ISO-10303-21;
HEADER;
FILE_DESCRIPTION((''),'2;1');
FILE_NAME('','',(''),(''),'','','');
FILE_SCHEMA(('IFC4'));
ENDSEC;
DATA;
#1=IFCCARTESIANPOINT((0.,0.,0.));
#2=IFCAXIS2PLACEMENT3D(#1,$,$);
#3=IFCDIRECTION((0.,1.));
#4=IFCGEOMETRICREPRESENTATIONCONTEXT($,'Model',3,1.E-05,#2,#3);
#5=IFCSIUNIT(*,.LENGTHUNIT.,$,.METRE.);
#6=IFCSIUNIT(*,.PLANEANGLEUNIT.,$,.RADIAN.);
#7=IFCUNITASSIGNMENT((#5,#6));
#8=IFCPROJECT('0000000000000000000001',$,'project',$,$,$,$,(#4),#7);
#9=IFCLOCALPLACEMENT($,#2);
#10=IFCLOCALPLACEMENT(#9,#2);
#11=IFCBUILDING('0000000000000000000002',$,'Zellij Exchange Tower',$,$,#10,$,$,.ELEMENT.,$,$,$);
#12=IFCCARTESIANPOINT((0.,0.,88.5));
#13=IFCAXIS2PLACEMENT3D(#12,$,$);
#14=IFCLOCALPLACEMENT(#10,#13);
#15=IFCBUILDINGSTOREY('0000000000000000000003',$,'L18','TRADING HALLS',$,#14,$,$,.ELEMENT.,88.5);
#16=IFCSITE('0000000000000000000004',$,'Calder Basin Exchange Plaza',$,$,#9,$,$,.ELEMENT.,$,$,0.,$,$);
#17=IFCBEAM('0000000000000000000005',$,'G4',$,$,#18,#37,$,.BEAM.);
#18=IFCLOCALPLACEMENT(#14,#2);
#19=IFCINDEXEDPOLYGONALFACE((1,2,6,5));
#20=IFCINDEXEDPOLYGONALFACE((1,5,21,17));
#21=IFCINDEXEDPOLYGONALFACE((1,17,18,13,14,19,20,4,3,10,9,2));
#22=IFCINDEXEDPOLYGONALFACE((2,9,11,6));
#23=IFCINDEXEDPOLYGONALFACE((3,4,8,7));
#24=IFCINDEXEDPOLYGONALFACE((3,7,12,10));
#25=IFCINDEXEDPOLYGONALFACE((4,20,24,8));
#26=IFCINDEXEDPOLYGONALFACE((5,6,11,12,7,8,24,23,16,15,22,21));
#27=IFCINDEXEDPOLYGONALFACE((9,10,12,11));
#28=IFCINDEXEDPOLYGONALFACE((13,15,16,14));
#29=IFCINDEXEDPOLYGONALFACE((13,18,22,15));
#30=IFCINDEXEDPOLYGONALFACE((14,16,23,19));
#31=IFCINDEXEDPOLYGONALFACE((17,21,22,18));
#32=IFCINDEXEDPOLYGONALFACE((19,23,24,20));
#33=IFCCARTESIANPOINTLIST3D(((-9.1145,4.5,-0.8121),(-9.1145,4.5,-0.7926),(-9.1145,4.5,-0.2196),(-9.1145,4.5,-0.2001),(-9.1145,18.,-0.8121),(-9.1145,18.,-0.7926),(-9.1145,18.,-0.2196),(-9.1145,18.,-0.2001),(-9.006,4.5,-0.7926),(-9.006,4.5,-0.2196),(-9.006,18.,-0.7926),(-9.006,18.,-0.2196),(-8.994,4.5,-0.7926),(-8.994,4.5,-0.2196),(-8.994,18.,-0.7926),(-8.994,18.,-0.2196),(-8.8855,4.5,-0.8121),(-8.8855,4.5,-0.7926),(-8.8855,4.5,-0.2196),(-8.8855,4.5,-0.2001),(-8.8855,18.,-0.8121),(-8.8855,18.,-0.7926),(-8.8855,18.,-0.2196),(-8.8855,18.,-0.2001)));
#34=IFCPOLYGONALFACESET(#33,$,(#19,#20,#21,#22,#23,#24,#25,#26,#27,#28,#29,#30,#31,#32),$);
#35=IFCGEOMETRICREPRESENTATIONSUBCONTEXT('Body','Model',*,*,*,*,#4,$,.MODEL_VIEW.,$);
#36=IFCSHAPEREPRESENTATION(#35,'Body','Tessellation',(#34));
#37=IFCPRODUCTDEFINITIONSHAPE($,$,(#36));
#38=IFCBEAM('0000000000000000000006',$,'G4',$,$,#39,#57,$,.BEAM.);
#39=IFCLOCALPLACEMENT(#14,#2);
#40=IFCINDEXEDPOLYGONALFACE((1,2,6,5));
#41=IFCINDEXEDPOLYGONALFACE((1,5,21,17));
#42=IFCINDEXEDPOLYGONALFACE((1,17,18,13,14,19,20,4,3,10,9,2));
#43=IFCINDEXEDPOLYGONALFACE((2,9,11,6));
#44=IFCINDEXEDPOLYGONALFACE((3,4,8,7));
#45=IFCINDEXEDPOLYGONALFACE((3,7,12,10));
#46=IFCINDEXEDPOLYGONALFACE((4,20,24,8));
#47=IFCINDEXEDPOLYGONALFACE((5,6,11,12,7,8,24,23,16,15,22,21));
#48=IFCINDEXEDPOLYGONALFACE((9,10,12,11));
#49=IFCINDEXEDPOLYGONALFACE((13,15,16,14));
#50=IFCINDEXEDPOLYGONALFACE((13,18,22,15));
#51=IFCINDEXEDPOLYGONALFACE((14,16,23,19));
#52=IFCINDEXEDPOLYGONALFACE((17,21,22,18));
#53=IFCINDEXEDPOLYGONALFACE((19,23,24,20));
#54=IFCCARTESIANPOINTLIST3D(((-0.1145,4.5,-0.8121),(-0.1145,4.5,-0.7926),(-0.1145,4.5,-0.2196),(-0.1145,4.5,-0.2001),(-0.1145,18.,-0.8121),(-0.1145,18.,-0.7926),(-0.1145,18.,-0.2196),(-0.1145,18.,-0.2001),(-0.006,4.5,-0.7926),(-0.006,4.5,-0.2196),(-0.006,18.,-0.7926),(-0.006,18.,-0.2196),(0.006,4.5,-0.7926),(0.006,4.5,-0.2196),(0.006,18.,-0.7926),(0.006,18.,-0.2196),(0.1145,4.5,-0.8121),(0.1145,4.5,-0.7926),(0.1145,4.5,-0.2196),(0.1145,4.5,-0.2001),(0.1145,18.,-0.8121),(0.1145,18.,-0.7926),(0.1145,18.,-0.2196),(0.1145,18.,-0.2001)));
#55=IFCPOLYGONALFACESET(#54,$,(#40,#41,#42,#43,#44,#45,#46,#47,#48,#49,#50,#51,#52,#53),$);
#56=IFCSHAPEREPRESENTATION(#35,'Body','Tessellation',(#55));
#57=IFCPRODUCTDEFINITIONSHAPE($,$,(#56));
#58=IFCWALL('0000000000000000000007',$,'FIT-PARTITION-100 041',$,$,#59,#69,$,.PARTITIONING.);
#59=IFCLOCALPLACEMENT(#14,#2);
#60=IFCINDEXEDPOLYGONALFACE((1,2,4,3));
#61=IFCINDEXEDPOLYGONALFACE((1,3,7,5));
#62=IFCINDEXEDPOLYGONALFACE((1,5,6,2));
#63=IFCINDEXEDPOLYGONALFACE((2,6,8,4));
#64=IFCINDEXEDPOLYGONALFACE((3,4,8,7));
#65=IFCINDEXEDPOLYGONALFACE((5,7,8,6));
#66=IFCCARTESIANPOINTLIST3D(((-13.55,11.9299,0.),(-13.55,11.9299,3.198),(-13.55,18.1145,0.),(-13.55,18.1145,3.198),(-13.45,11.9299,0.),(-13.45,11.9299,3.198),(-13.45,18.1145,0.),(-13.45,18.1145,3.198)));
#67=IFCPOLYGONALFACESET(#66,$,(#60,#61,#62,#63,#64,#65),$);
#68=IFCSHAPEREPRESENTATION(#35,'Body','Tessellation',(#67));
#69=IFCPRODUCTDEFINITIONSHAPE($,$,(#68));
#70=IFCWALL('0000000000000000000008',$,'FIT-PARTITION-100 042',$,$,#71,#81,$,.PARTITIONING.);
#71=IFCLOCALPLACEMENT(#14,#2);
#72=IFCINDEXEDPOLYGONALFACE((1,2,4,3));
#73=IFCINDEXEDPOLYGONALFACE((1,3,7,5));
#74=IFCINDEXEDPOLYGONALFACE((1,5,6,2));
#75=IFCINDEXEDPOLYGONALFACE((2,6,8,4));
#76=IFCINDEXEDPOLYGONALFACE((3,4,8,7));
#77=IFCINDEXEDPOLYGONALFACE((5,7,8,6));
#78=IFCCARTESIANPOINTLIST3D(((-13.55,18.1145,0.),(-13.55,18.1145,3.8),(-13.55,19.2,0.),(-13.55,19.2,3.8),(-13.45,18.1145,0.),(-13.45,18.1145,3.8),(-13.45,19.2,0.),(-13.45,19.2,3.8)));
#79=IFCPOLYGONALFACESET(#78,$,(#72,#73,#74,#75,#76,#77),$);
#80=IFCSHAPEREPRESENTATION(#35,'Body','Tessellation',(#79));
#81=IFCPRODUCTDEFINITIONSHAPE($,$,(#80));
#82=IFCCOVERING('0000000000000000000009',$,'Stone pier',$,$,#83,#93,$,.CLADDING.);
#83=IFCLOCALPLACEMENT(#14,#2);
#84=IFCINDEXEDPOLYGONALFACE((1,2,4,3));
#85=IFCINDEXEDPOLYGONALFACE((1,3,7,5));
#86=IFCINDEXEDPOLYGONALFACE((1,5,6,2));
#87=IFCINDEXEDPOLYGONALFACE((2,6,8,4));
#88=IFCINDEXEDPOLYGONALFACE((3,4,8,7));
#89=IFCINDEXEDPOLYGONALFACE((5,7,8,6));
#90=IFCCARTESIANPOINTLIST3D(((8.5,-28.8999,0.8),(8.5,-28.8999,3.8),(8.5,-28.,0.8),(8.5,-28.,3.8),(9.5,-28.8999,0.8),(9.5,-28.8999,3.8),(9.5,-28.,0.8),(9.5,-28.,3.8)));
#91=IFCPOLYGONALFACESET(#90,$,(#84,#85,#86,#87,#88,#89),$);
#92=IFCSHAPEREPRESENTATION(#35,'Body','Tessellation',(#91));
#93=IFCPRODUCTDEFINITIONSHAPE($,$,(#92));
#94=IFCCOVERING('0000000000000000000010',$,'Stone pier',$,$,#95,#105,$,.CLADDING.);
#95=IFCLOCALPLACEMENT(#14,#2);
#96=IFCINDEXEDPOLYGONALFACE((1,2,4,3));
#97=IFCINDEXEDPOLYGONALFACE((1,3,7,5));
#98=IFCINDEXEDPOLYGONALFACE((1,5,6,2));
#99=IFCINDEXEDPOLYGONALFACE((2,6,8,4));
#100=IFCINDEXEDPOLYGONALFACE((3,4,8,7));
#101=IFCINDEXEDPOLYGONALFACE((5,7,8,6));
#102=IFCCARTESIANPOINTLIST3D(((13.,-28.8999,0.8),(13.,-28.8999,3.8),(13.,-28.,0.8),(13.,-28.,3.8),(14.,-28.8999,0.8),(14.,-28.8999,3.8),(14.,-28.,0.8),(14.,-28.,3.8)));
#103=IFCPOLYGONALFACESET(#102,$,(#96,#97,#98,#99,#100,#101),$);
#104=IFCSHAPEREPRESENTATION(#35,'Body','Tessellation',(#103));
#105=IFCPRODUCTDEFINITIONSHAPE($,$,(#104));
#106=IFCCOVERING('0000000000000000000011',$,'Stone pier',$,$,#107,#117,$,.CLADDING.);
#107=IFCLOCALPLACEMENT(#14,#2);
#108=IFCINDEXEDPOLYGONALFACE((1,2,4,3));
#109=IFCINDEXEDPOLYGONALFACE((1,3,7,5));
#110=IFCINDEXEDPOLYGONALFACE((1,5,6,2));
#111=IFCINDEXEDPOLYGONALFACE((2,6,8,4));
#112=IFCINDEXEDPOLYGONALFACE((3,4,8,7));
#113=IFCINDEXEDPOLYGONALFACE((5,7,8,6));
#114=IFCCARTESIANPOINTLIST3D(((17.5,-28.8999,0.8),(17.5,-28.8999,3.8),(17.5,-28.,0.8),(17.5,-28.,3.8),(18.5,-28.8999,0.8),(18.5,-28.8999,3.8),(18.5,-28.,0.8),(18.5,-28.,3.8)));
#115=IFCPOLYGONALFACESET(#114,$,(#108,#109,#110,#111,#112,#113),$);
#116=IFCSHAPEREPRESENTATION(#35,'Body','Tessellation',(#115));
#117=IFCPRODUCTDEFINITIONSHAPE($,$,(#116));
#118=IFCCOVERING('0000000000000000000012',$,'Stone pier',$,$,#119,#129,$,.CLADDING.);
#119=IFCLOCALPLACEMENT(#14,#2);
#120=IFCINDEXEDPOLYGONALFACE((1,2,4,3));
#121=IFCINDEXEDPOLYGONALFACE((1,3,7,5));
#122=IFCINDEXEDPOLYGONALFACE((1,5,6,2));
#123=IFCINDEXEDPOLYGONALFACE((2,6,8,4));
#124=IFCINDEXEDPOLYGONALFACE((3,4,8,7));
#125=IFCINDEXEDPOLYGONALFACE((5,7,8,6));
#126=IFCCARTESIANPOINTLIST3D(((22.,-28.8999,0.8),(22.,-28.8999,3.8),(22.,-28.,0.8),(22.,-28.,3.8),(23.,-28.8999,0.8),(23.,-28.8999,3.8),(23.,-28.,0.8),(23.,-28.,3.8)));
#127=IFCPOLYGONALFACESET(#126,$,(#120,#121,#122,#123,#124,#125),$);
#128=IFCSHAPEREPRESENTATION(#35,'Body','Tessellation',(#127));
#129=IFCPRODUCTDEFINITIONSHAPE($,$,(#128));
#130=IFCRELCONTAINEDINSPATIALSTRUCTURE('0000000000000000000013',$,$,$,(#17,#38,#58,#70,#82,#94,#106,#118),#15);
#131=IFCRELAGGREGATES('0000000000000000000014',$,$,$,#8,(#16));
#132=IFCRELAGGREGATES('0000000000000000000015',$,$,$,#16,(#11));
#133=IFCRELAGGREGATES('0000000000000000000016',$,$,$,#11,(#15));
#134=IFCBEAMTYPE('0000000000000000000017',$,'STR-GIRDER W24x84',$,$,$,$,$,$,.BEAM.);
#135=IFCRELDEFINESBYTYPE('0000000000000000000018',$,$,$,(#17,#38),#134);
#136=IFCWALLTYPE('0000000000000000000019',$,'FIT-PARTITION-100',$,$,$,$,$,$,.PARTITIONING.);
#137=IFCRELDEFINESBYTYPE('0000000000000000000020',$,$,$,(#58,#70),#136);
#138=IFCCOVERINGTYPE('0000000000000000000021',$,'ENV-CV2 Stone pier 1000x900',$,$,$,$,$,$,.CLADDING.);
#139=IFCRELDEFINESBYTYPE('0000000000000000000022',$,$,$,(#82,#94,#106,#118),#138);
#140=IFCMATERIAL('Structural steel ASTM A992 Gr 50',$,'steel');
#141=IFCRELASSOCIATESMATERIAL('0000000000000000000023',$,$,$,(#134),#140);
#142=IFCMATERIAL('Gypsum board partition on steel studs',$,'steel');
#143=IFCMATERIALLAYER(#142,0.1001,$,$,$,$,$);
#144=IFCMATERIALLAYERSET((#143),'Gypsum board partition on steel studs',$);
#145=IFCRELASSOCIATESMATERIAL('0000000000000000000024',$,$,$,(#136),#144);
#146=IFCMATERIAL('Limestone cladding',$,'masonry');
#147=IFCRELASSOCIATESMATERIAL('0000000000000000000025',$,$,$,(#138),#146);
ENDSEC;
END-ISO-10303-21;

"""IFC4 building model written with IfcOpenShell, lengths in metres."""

from ifc_helpers import new_model, si_unit, direction, frame, frame_2d, origin, origin_2d, place, context, subcontext, project, spatial, polyline, rectangle, i_section, outline, extrude, material, layer, layer_set, material_profile, profile_set, type_object, element, save


model = new_model("IFC4")

# Units and contexts
model_context = context("Model", 3, precision=1e-05, world=origin(), true_north=direction((0.0, 1.0)))
body_context = subcontext(model_context, "Body", "Model", "MODEL_VIEW")
ifc_project = project(units=[si_unit("LENGTHUNIT", "METRE"), si_unit("PLANEANGLEUNIT", "RADIAN")], contexts=[model_context])

# Site, building, storey
site_placement = place(None, origin())
site = spatial("IfcSite", under=ifc_project, at=site_placement, Name="Calder Basin Exchange Plaza", CompositionType="ELEMENT", RefElevation=0.0)
building_placement = place(site_placement, origin())
building = spatial("IfcBuilding", under=site, at=building_placement, Name="Zellij Exchange Tower", CompositionType="ELEMENT")
storey_placement = place(building_placement, frame((0.0, 0.0, 88.5)))
storey = spatial("IfcBuildingStorey", under=building, at=storey_placement, Name="L18", Description="TRADING HALLS", CompositionType="ELEMENT", Elevation=88.5)

# Beams
ifc_material_1 = material(Name="Structural steel ASTM A992 Gr 50", Category="steel")
ifc_material_profile_1 = material_profile(ifc_material_1, i_section(OverallWidth=0.229, OverallDepth=0.6121, WebThickness=0.012, FlangeThickness=0.0195, at=origin_2d()), Name="W24x84")
ifc_profile_set_1 = profile_set([ifc_material_profile_1], Name="Structural steel ASTM A992 Gr 50")
beam_type = type_object("IfcBeamType", Name="STR-GIRDER W24x84", PredefinedType="BEAM", material=ifc_profile_set_1)
for number, where, z_axis, x_axis, name in (
    (1, (-9.0, 4.5, -0.5061), (0.0, 1.0, 0.0), (-1.0, 0.0, 0.0), "G4"),
    (2, (0.0, 4.5, -0.5061), (0.0, 1.0, 0.0), (-1.0, 0.0, 0.0), "G4"),
):
    element("IfcBeam", number, at=place(storey_placement, frame(where, z_axis=z_axis, x_axis=x_axis)), inside=storey, type_object=beam_type, Name=name, PredefinedType="BEAM", context=body_context, shape_type="SweptSolid", body=[
        extrude(i_section(OverallWidth=0.229, OverallDepth=0.6121, WebThickness=0.012, FlangeThickness=0.0195, at=origin_2d()), origin(), (0.0, 0.0, 1.0), 13.5),
    ])

# Walls
ifc_material_2 = material(Name="Gypsum board partition on steel studs", Category="steel")
ifc_layer = layer(ifc_material_2, 0.1001)
ifc_layer_set = layer_set([ifc_layer], Name="Gypsum board partition on steel studs")
wall_type = type_object("IfcWallType", Name="FIT-PARTITION-100", PredefinedType="PARTITIONING", material=ifc_layer_set)
wall_1_placement = place(storey_placement, frame((-13.5, 11.9299, 0.0), z_axis=(0.0, 0.0, 1.0), x_axis=(0.0, 1.0, 0.0)))
element("IfcWall", 3, at=wall_1_placement, inside=storey, type_object=wall_type, Name="FIT-PARTITION-100 041", PredefinedType="PARTITIONING", context=body_context, shape_type="SweptSolid", body=[
    extrude(rectangle(XDim=6.1846, YDim=0.1001, at=frame_2d((3.0923, 0.0))), origin(), (0.0, 0.0, 1.0), 3.198),
])
wall_2_placement = place(storey_placement, frame((-13.5, 18.1145, 0.0), z_axis=(0.0, 0.0, 1.0), x_axis=(0.0, 1.0, 0.0)))
element("IfcWall", 4, at=wall_2_placement, inside=storey, type_object=wall_type, Name="FIT-PARTITION-100 042", PredefinedType="PARTITIONING", context=body_context, shape_type="SweptSolid", body=[
    extrude(rectangle(XDim=1.0854, YDim=0.1001, at=frame_2d((0.5427, 0.0))), origin(), (0.0, 0.0, 1.0), 3.8),
])

# Coverings
ifc_material_3 = material(Name="Limestone cladding", Category="masonry")
covering_type = type_object("IfcCoveringType", Name="ENV-CV2 Stone pier 1000x900", PredefinedType="CLADDING", material=ifc_material_3)
covering_1_placement = place(storey_placement, frame((0.0, 0.0, 0.8)))
element("IfcCovering", 5, at=covering_1_placement, inside=storey, type_object=covering_type, Name="Stone pier", PredefinedType="CLADDING", context=body_context, shape_type="SweptSolid", body=[
    extrude(outline(polyline([(8.5, -28.0), (9.5, -28.0), (9.5, -28.8999), (8.5, -28.8999), (8.5, -28.0)])), origin(), (0.0, 0.0, 1.0), 3.0),
])
covering_2_placement = place(storey_placement, frame((0.0, 0.0, 0.8)))
element("IfcCovering", 6, at=covering_2_placement, inside=storey, type_object=covering_type, Name="Stone pier", PredefinedType="CLADDING", context=body_context, shape_type="SweptSolid", body=[
    extrude(outline(polyline([(13.0, -28.0), (14.0, -28.0), (14.0, -28.8999), (13.0, -28.8999), (13.0, -28.0)])), origin(), (0.0, 0.0, 1.0), 3.0),
])
covering_3_placement = place(storey_placement, frame((0.0, 0.0, 0.8)))
element("IfcCovering", 7, at=covering_3_placement, inside=storey, type_object=covering_type, Name="Stone pier", PredefinedType="CLADDING", context=body_context, shape_type="SweptSolid", body=[
    extrude(outline(polyline([(17.5, -28.0), (18.5, -28.0), (18.5, -28.8999), (17.5, -28.8999), (17.5, -28.0)])), origin(), (0.0, 0.0, 1.0), 3.0),
])
covering_4_placement = place(storey_placement, frame((0.0, 0.0, 0.8)))
element("IfcCovering", 8, at=covering_4_placement, inside=storey, type_object=covering_type, Name="Stone pier", PredefinedType="CLADDING", context=body_context, shape_type="SweptSolid", body=[
    extrude(outline(polyline([(22.0, -28.0), (23.0, -28.0), (23.0, -28.8999), (22.0, -28.8999), (22.0, -28.0)])), origin(), (0.0, 0.0, 1.0), 3.0),
])

save(model, "model.ifc")
